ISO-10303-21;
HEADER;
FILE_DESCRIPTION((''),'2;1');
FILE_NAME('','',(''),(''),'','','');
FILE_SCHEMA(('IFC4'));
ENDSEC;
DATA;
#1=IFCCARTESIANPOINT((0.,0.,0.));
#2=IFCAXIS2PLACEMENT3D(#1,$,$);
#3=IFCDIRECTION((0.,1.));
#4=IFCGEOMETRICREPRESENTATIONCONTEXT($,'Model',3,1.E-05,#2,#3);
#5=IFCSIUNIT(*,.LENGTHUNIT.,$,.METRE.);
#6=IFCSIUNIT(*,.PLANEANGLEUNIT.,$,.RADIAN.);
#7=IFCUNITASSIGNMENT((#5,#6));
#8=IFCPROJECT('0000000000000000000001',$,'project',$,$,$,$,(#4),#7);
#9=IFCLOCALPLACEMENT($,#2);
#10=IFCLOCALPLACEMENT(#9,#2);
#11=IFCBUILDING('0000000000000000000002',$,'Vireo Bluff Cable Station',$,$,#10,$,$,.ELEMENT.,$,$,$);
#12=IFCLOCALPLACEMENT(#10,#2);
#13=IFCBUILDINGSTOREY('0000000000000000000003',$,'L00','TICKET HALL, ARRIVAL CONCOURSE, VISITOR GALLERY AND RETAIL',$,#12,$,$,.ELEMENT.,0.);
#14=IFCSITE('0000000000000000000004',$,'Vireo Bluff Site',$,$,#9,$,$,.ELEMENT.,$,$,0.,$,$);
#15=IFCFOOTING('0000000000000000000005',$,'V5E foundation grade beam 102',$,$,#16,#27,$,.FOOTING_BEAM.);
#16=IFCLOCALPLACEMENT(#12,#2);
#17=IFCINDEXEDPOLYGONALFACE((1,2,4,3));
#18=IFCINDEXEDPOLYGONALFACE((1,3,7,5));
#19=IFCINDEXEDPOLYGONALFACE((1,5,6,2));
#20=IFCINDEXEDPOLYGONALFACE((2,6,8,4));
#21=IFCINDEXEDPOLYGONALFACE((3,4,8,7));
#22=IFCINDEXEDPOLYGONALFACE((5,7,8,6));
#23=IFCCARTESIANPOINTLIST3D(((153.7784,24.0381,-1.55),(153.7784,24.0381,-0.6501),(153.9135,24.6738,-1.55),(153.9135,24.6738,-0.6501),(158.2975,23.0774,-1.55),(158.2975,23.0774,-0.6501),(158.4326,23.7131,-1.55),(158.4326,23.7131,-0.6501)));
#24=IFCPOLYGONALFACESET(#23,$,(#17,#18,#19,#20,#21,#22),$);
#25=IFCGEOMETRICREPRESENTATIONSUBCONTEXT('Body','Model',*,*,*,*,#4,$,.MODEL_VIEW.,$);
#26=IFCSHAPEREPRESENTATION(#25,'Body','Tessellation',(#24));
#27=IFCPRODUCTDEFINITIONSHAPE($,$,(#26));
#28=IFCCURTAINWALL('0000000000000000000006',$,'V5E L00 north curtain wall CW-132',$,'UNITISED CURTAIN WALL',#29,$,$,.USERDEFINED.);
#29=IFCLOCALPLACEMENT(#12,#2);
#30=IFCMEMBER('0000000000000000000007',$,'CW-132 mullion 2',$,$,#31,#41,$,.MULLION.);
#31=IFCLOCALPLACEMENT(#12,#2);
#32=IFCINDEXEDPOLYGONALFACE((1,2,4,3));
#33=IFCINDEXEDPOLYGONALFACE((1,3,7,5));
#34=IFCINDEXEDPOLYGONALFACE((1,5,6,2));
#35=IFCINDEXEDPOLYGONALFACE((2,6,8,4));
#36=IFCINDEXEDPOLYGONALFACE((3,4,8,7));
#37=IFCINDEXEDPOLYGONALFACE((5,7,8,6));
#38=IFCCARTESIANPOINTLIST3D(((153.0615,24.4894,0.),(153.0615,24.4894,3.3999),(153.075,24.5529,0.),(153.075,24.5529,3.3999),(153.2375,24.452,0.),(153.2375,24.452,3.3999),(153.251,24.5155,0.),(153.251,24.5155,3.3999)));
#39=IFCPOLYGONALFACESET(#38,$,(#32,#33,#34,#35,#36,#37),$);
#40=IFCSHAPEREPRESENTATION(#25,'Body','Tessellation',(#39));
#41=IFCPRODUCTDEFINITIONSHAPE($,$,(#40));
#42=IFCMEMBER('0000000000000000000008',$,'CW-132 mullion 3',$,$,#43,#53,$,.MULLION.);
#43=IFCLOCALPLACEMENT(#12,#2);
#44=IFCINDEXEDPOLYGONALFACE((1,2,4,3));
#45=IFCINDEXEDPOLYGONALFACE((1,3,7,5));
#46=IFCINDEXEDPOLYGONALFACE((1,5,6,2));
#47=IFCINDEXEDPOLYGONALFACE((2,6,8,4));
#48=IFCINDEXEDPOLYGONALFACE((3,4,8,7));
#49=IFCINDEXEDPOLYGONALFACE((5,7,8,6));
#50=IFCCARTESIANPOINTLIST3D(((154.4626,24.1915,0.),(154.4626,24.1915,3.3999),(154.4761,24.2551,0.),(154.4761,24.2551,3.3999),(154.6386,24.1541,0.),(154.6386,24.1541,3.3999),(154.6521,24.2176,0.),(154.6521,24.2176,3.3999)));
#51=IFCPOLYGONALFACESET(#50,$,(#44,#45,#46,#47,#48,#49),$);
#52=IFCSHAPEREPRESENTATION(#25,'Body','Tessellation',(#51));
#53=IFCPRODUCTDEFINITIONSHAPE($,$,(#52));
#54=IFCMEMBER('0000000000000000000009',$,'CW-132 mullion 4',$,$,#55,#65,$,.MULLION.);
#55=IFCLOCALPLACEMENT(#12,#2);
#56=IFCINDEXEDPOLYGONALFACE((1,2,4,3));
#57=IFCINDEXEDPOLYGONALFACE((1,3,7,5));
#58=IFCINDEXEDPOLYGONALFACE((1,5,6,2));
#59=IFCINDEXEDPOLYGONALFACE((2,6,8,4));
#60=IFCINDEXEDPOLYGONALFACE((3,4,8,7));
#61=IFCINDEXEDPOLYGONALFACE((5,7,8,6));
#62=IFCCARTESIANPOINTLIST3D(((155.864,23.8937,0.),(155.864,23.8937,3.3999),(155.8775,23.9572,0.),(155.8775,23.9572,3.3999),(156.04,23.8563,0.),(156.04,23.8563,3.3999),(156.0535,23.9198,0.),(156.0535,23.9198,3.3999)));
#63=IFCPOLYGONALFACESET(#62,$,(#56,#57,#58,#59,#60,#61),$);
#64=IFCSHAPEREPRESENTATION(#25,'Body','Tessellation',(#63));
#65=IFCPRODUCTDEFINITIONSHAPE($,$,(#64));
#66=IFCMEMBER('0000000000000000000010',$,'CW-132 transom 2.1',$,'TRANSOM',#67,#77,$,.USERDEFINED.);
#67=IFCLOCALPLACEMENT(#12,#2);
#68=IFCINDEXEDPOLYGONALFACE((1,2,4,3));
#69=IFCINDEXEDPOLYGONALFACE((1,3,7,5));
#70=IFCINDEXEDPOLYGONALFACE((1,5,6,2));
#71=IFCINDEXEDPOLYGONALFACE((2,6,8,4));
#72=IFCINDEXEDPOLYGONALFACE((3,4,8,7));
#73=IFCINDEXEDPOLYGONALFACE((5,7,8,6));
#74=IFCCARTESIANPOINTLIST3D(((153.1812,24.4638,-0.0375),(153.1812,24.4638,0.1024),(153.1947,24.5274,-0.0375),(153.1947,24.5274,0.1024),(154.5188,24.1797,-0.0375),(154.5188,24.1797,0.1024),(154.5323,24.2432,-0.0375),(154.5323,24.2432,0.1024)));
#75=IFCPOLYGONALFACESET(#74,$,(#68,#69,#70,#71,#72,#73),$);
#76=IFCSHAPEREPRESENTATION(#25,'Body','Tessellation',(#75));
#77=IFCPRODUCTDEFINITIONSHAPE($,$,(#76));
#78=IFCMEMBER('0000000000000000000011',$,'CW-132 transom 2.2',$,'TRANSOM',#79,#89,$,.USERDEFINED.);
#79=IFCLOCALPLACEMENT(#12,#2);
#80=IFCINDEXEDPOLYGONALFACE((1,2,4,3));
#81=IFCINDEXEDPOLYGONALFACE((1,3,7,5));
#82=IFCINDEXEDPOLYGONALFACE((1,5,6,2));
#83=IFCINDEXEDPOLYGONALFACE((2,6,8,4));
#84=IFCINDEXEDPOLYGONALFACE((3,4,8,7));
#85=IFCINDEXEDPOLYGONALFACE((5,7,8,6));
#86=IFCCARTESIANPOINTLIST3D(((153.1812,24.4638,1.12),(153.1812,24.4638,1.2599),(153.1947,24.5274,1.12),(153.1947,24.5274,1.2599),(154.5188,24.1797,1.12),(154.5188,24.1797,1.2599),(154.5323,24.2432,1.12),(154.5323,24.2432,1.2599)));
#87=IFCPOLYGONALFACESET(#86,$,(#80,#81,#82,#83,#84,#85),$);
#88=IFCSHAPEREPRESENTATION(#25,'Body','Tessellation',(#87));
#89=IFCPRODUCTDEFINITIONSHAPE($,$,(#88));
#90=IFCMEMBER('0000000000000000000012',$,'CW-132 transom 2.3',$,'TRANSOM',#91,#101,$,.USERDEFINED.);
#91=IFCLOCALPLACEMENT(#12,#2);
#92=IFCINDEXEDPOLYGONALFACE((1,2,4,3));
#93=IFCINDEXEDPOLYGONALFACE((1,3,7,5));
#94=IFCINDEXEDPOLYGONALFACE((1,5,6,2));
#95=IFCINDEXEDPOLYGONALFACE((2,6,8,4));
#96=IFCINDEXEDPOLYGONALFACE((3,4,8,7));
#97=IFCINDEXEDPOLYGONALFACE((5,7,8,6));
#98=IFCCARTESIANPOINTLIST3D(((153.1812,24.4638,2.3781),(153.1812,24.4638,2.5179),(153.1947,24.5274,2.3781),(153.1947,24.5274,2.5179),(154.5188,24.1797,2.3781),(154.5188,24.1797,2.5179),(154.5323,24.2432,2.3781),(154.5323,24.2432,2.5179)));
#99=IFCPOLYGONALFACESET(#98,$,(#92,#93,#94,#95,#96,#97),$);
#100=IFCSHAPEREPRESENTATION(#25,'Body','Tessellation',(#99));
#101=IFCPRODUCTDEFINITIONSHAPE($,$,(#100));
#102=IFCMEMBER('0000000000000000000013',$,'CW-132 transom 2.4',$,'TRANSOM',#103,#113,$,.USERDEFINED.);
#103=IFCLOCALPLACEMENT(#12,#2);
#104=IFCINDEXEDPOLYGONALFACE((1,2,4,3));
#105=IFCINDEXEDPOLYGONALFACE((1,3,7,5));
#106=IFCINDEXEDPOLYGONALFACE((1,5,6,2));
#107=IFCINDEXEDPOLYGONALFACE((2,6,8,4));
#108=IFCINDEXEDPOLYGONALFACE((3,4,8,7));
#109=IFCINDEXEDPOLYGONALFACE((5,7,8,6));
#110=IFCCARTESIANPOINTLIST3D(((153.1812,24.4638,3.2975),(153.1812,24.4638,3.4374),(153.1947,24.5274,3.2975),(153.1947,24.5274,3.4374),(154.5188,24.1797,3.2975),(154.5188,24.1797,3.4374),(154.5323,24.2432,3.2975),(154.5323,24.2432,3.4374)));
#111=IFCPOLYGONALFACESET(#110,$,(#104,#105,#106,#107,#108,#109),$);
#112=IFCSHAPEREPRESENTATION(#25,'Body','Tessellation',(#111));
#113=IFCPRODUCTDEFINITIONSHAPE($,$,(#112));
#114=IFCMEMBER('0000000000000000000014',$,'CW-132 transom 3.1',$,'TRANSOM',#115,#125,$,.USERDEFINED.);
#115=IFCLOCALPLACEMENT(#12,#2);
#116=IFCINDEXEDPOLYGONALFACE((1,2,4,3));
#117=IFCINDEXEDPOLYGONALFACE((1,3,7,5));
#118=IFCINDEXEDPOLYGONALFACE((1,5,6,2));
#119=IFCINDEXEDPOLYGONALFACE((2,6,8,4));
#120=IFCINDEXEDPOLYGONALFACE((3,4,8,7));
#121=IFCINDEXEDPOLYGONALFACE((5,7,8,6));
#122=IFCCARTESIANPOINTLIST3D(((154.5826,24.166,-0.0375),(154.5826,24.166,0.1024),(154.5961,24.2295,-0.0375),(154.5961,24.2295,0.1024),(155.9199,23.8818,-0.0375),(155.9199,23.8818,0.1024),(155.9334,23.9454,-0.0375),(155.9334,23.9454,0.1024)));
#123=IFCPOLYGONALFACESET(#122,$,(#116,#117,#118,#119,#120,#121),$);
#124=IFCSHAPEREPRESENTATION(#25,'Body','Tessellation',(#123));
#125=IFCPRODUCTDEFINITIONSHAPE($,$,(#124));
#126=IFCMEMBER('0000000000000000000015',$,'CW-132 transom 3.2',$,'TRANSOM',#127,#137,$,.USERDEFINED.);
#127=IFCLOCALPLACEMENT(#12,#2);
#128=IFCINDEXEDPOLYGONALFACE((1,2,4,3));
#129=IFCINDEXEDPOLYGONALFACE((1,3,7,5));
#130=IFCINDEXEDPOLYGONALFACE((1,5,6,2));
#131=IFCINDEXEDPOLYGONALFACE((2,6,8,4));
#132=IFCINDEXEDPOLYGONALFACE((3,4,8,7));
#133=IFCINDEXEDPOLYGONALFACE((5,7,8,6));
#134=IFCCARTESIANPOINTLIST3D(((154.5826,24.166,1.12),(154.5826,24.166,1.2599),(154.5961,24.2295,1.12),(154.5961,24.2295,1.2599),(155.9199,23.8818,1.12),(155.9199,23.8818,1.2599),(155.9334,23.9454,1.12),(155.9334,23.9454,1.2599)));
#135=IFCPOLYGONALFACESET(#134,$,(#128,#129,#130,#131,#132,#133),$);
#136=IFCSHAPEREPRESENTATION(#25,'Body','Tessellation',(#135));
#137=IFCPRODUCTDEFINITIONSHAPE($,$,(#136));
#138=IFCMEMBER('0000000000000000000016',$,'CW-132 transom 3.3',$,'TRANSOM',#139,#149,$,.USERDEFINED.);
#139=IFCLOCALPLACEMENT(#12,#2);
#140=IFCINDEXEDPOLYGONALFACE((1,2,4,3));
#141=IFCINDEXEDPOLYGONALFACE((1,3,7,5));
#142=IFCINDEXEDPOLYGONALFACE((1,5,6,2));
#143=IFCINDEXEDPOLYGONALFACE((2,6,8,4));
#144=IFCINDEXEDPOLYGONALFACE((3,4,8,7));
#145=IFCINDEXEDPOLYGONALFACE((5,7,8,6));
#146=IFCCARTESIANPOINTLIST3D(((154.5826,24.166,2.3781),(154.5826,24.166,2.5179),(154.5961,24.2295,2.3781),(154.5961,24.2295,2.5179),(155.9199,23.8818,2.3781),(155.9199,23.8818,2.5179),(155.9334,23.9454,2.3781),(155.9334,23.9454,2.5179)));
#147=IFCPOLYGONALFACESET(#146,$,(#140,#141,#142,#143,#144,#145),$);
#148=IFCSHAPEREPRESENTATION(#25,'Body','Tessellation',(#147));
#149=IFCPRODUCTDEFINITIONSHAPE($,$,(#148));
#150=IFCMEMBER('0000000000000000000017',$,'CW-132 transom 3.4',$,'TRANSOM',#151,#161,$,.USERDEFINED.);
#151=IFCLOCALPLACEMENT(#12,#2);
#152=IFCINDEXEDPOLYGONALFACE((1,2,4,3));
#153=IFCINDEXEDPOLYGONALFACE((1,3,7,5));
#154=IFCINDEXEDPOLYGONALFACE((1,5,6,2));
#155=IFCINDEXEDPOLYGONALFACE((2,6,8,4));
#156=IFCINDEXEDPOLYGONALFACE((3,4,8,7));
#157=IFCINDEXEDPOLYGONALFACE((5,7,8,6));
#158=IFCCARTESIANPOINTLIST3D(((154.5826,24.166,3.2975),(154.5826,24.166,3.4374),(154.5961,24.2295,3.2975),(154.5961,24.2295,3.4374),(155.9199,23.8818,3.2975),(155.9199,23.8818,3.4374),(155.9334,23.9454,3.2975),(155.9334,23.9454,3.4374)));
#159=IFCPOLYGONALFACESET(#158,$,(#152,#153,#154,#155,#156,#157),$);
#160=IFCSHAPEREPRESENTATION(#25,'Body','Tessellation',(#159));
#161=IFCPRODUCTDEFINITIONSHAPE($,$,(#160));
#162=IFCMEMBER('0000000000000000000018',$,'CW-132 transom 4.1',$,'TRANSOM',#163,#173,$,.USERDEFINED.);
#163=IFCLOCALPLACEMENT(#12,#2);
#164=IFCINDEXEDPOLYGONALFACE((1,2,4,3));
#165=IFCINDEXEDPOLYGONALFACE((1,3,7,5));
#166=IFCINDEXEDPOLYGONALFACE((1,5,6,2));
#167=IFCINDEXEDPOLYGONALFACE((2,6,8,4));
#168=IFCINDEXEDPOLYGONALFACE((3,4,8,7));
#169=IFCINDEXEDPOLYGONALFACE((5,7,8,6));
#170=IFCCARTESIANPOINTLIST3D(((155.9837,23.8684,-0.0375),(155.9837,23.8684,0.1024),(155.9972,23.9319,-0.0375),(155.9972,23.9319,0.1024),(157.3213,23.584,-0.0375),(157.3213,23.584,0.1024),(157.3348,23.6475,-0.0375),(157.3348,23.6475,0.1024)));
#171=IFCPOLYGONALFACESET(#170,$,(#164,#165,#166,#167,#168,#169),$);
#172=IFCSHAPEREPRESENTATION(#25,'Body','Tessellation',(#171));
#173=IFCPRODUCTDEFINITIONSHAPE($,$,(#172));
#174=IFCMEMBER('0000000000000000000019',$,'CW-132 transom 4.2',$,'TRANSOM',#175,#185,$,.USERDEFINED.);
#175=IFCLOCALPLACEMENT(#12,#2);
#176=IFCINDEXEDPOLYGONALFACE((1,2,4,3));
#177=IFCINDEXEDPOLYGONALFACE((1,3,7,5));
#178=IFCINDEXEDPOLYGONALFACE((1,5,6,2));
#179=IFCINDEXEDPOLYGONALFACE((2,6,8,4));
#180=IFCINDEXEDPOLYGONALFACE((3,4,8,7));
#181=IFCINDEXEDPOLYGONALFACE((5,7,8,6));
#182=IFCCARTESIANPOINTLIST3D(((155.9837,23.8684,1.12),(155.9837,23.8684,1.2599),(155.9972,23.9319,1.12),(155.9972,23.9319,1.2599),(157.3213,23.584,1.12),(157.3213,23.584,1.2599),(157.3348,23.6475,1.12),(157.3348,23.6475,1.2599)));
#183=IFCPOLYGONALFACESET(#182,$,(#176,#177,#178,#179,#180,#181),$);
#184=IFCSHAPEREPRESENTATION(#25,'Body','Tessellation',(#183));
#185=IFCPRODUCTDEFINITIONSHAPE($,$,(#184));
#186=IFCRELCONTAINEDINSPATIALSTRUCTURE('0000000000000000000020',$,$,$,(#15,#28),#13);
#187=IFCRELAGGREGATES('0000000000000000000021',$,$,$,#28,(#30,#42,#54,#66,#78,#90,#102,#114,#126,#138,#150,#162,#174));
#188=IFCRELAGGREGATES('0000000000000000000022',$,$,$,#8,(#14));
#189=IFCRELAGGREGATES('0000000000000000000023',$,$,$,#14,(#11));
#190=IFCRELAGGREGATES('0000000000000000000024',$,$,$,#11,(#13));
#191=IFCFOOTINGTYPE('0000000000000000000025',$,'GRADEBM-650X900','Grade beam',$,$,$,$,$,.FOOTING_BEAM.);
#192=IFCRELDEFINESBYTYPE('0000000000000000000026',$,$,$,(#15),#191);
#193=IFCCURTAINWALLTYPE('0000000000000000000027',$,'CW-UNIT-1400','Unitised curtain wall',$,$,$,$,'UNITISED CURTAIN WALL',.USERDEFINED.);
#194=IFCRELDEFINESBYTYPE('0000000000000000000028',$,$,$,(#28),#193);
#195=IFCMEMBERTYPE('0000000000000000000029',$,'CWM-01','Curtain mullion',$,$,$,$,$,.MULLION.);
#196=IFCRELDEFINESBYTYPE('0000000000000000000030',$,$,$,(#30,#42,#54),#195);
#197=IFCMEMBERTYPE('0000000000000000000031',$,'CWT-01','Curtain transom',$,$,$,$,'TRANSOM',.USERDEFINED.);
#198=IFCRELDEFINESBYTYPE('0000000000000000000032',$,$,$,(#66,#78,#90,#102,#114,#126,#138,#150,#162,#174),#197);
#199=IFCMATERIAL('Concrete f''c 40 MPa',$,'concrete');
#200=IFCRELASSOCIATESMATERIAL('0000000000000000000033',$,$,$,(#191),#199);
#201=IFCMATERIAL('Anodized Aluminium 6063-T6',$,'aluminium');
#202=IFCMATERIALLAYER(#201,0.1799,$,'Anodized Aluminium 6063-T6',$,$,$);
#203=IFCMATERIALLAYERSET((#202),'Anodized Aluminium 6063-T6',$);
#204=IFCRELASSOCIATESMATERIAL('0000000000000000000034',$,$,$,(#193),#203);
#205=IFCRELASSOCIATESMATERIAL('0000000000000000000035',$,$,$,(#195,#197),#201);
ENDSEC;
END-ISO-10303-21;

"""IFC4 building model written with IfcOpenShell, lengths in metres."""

from ifc_helpers import new_model, si_unit, direction, frame, origin, origin_2d, place, context, subcontext, project, spatial, rectangle, extrude, material, layer, layer_set, material_profile, profile_set, type_object, element, aggregate, save


model = new_model("IFC4")

# Units and contexts
model_context = context("Model", 3, precision=1e-05, world=origin(), true_north=direction((0.0, 1.0)))
body_context = subcontext(model_context, "Body", "Model", "MODEL_VIEW")
ifc_project = project(units=[si_unit("LENGTHUNIT", "METRE"), si_unit("PLANEANGLEUNIT", "RADIAN")], contexts=[model_context])

# Site, building, storey
site_placement = place(None, origin())
site = spatial("IfcSite", under=ifc_project, at=site_placement, Name="Vireo Bluff Site", CompositionType="ELEMENT", RefElevation=0.0)
building_placement = place(site_placement, origin())
building = spatial("IfcBuilding", under=site, at=building_placement, Name="Vireo Bluff Cable Station", CompositionType="ELEMENT")
storey_placement = place(building_placement, origin())
storey = spatial("IfcBuildingStorey", under=building, at=storey_placement, Name="L00", Description="TICKET HALL, ARRIVAL CONCOURSE, VISITOR GALLERY AND RETAIL", CompositionType="ELEMENT", Elevation=0.0)

# Footing
ifc_material_1 = material(Name="Concrete f'c 40 MPa", Category="concrete")
ifc_material_profile_1 = material_profile(ifc_material_1, rectangle(XDim=0.6499, YDim=0.8999, at=origin_2d()), Name="GRADEBM-650X900")
ifc_profile_set_1 = profile_set([ifc_material_profile_1], Name="Concrete f'c 40 MPa")
footing_type = type_object("IfcFootingType", Name="GRADEBM-650X900", Description="Grade beam", PredefinedType="FOOTING_BEAM", material=ifc_profile_set_1)
footing_placement = place(storey_placement, frame((153.8459, 24.356, -1.1001), z_axis=(0.978141, -0.207941, 0.0), x_axis=(0.207941, 0.978141, 0.0)))
element("IfcFooting", 1, at=footing_placement, inside=storey, type_object=footing_type, Name="V5E foundation grade beam 102", PredefinedType="FOOTING_BEAM", context=body_context, shape_type="SweptSolid", body=[
    extrude(rectangle(XDim=0.6499, YDim=0.8999, at=origin_2d()), origin(), (0.0, 0.0, 1.0), 4.6201),
])

# Curtain wall, members
ifc_material_2 = material(Name="Anodized Aluminium 6063-T6", Category="aluminium")
ifc_layer_1 = layer(ifc_material_2, 0.1799, Name="Anodized Aluminium 6063-T6")
ifc_layer_set_1 = layer_set([ifc_layer_1], Name="Anodized Aluminium 6063-T6")
curtain_wall_type = type_object("IfcCurtainWallType", Name="CW-UNIT-1400", Description="Unitised curtain wall", ElementType="UNITISED CURTAIN WALL", PredefinedType="USERDEFINED", material=ifc_layer_set_1)
curtain_wall_placement = place(storey_placement, origin())
curtain_wall = element("IfcCurtainWall", 2, at=curtain_wall_placement, inside=storey, type_object=curtain_wall_type, Name="V5E L00 north curtain wall CW-132", ObjectType="UNITISED CURTAIN WALL", PredefinedType="USERDEFINED")
ifc_material_profile_2 = material_profile(ifc_material_2, rectangle(XDim=0.0649, YDim=0.1799, at=origin_2d()), Name="ALU-M-65X180")
ifc_profile_set_2 = profile_set([ifc_material_profile_2], Name="Anodized Aluminium 6063-T6")
member_type_1 = type_object("IfcMemberType", Name="CWM-01", Description="Curtain mullion", PredefinedType="MULLION", material=ifc_profile_set_2)
member_1_placement = place(storey_placement, frame((153.1562, 24.5024, 0.0), z_axis=(0.0, 0.0, 1.0), x_axis=(0.207912, 0.978148, 0.0)))
member_1 = element("IfcMember", 3, at=member_1_placement, type_object=member_type_1, Name="CW-132 mullion 2", PredefinedType="MULLION", context=body_context, shape_type="SweptSolid", body=[
    extrude(rectangle(XDim=0.0649, YDim=0.1799, at=origin_2d()), origin(), (0.0, 0.0, 1.0), 3.3999),
])
member_2_placement = place(storey_placement, frame((154.5574, 24.2046, 0.0), z_axis=(0.0, 0.0, 1.0), x_axis=(0.207912, 0.978148, 0.0)))
member_2 = element("IfcMember", 4, at=member_2_placement, type_object=member_type_1, Name="CW-132 mullion 3", PredefinedType="MULLION", context=body_context, shape_type="SweptSolid", body=[
    extrude(rectangle(XDim=0.0649, YDim=0.1799, at=origin_2d()), origin(), (0.0, 0.0, 1.0), 3.3999),
])
member_3_placement = place(storey_placement, frame((155.9587, 23.9067, 0.0), z_axis=(0.0, 0.0, 1.0), x_axis=(0.207912, 0.978148, 0.0)))
member_3 = element("IfcMember", 5, at=member_3_placement, type_object=member_type_1, Name="CW-132 mullion 4", PredefinedType="MULLION", context=body_context, shape_type="SweptSolid", body=[
    extrude(rectangle(XDim=0.0649, YDim=0.1799, at=origin_2d()), origin(), (0.0, 0.0, 1.0), 3.3999),
])
ifc_material_profile_3 = material_profile(ifc_material_2, rectangle(XDim=0.0649, YDim=0.1399, at=origin_2d()), Name="ALU-T-65X140")
ifc_profile_set_3 = profile_set([ifc_material_profile_3], Name="Anodized Aluminium 6063-T6")
member_type_2 = type_object("IfcMemberType", Name="CWT-01", Description="Curtain transom", ElementType="TRANSOM", PredefinedType="USERDEFINED", material=ifc_profile_set_3)
member_4_placement = place(storey_placement, frame((153.188, 24.4956, 0.0325), z_axis=(0.978169, -0.20781, 0.0), x_axis=(0.20781, 0.978169, 0.0)))
member_4 = element("IfcMember", 6, at=member_4_placement, type_object=member_type_2, Name="CW-132 transom 2.1", ObjectType="TRANSOM", PredefinedType="USERDEFINED", context=body_context, shape_type="SweptSolid", body=[
    extrude(rectangle(XDim=0.0649, YDim=0.1399, at=origin_2d()), origin(), (0.0, 0.0, 1.0), 1.3674),
])
member_5_placement = place(storey_placement, frame((153.188, 24.4956, 1.1899), z_axis=(0.978169, -0.20781, 0.0), x_axis=(0.20781, 0.978169, 0.0)))
member_5 = element("IfcMember", 7, at=member_5_placement, type_object=member_type_2, Name="CW-132 transom 2.2", ObjectType="TRANSOM", PredefinedType="USERDEFINED", context=body_context, shape_type="SweptSolid", body=[
    extrude(rectangle(XDim=0.0649, YDim=0.1399, at=origin_2d()), origin(), (0.0, 0.0, 1.0), 1.3674),
])
member_6_placement = place(storey_placement, frame((153.188, 24.4956, 2.448), z_axis=(0.978169, -0.20781, 0.0), x_axis=(0.20781, 0.978169, 0.0)))
member_6 = element("IfcMember", 8, at=member_6_placement, type_object=member_type_2, Name="CW-132 transom 2.3", ObjectType="TRANSOM", PredefinedType="USERDEFINED", context=body_context, shape_type="SweptSolid", body=[
    extrude(rectangle(XDim=0.0649, YDim=0.1399, at=origin_2d()), origin(), (0.0, 0.0, 1.0), 1.3674),
])
member_7_placement = place(storey_placement, frame((153.188, 24.4956, 3.3674), z_axis=(0.978169, -0.20781, 0.0), x_axis=(0.20781, 0.978169, 0.0)))
member_7 = element("IfcMember", 9, at=member_7_placement, type_object=member_type_2, Name="CW-132 transom 2.4", ObjectType="TRANSOM", PredefinedType="USERDEFINED", context=body_context, shape_type="SweptSolid", body=[
    extrude(rectangle(XDim=0.0649, YDim=0.1399, at=origin_2d()), origin(), (0.0, 0.0, 1.0), 1.3674),
])
member_8_placement = place(storey_placement, frame((154.5894, 24.1978, 0.0325), z_axis=(0.978162, -0.207846, 0.0), x_axis=(0.207846, 0.978162, 0.0)))
member_8 = element("IfcMember", 10, at=member_8_placement, type_object=member_type_2, Name="CW-132 transom 3.1", ObjectType="TRANSOM", PredefinedType="USERDEFINED", context=body_context, shape_type="SweptSolid", body=[
    extrude(rectangle(XDim=0.0649, YDim=0.1399, at=origin_2d()), origin(), (0.0, 0.0, 1.0), 1.3672),
])
member_9_placement = place(storey_placement, frame((154.5894, 24.1978, 1.1899), z_axis=(0.978162, -0.207846, 0.0), x_axis=(0.207846, 0.978162, 0.0)))
member_9 = element("IfcMember", 11, at=member_9_placement, type_object=member_type_2, Name="CW-132 transom 3.2", ObjectType="TRANSOM", PredefinedType="USERDEFINED", context=body_context, shape_type="SweptSolid", body=[
    extrude(rectangle(XDim=0.0649, YDim=0.1399, at=origin_2d()), origin(), (0.0, 0.0, 1.0), 1.3672),
])
member_10_placement = place(storey_placement, frame((154.5894, 24.1978, 2.448), z_axis=(0.978162, -0.207846, 0.0), x_axis=(0.207846, 0.978162, 0.0)))
member_10 = element("IfcMember", 12, at=member_10_placement, type_object=member_type_2, Name="CW-132 transom 3.3", ObjectType="TRANSOM", PredefinedType="USERDEFINED", context=body_context, shape_type="SweptSolid", body=[
    extrude(rectangle(XDim=0.0649, YDim=0.1399, at=origin_2d()), origin(), (0.0, 0.0, 1.0), 1.3672),
])
member_11_placement = place(storey_placement, frame((154.5894, 24.1978, 3.3674), z_axis=(0.978162, -0.207846, 0.0), x_axis=(0.207846, 0.978162, 0.0)))
member_11 = element("IfcMember", 13, at=member_11_placement, type_object=member_type_2, Name="CW-132 transom 3.4", ObjectType="TRANSOM", PredefinedType="USERDEFINED", context=body_context, shape_type="SweptSolid", body=[
    extrude(rectangle(XDim=0.0649, YDim=0.1399, at=origin_2d()), origin(), (0.0, 0.0, 1.0), 1.3672),
])
member_12_placement = place(storey_placement, frame((155.9905, 23.9001, 0.0325), z_axis=(0.978133, -0.20798, 0.0), x_axis=(0.20798, 0.978133, 0.0)))
member_12 = element("IfcMember", 14, at=member_12_placement, type_object=member_type_2, Name="CW-132 transom 4.1", ObjectType="TRANSOM", PredefinedType="USERDEFINED", context=body_context, shape_type="SweptSolid", body=[
    extrude(rectangle(XDim=0.0649, YDim=0.1399, at=origin_2d()), origin(), (0.0, 0.0, 1.0), 1.3674),
])
member_13_placement = place(storey_placement, frame((155.9905, 23.9001, 1.1899), z_axis=(0.978133, -0.20798, 0.0), x_axis=(0.20798, 0.978133, 0.0)))
member_13 = element("IfcMember", 15, at=member_13_placement, type_object=member_type_2, Name="CW-132 transom 4.2", ObjectType="TRANSOM", PredefinedType="USERDEFINED", context=body_context, shape_type="SweptSolid", body=[
    extrude(rectangle(XDim=0.0649, YDim=0.1399, at=origin_2d()), origin(), (0.0, 0.0, 1.0), 1.3674),
])
aggregate(curtain_wall, [member_1, member_2, member_3, member_4, member_5, member_6, member_7, member_8, member_9, member_10, member_11, member_12, member_13])

save(model, "model.ifc")
